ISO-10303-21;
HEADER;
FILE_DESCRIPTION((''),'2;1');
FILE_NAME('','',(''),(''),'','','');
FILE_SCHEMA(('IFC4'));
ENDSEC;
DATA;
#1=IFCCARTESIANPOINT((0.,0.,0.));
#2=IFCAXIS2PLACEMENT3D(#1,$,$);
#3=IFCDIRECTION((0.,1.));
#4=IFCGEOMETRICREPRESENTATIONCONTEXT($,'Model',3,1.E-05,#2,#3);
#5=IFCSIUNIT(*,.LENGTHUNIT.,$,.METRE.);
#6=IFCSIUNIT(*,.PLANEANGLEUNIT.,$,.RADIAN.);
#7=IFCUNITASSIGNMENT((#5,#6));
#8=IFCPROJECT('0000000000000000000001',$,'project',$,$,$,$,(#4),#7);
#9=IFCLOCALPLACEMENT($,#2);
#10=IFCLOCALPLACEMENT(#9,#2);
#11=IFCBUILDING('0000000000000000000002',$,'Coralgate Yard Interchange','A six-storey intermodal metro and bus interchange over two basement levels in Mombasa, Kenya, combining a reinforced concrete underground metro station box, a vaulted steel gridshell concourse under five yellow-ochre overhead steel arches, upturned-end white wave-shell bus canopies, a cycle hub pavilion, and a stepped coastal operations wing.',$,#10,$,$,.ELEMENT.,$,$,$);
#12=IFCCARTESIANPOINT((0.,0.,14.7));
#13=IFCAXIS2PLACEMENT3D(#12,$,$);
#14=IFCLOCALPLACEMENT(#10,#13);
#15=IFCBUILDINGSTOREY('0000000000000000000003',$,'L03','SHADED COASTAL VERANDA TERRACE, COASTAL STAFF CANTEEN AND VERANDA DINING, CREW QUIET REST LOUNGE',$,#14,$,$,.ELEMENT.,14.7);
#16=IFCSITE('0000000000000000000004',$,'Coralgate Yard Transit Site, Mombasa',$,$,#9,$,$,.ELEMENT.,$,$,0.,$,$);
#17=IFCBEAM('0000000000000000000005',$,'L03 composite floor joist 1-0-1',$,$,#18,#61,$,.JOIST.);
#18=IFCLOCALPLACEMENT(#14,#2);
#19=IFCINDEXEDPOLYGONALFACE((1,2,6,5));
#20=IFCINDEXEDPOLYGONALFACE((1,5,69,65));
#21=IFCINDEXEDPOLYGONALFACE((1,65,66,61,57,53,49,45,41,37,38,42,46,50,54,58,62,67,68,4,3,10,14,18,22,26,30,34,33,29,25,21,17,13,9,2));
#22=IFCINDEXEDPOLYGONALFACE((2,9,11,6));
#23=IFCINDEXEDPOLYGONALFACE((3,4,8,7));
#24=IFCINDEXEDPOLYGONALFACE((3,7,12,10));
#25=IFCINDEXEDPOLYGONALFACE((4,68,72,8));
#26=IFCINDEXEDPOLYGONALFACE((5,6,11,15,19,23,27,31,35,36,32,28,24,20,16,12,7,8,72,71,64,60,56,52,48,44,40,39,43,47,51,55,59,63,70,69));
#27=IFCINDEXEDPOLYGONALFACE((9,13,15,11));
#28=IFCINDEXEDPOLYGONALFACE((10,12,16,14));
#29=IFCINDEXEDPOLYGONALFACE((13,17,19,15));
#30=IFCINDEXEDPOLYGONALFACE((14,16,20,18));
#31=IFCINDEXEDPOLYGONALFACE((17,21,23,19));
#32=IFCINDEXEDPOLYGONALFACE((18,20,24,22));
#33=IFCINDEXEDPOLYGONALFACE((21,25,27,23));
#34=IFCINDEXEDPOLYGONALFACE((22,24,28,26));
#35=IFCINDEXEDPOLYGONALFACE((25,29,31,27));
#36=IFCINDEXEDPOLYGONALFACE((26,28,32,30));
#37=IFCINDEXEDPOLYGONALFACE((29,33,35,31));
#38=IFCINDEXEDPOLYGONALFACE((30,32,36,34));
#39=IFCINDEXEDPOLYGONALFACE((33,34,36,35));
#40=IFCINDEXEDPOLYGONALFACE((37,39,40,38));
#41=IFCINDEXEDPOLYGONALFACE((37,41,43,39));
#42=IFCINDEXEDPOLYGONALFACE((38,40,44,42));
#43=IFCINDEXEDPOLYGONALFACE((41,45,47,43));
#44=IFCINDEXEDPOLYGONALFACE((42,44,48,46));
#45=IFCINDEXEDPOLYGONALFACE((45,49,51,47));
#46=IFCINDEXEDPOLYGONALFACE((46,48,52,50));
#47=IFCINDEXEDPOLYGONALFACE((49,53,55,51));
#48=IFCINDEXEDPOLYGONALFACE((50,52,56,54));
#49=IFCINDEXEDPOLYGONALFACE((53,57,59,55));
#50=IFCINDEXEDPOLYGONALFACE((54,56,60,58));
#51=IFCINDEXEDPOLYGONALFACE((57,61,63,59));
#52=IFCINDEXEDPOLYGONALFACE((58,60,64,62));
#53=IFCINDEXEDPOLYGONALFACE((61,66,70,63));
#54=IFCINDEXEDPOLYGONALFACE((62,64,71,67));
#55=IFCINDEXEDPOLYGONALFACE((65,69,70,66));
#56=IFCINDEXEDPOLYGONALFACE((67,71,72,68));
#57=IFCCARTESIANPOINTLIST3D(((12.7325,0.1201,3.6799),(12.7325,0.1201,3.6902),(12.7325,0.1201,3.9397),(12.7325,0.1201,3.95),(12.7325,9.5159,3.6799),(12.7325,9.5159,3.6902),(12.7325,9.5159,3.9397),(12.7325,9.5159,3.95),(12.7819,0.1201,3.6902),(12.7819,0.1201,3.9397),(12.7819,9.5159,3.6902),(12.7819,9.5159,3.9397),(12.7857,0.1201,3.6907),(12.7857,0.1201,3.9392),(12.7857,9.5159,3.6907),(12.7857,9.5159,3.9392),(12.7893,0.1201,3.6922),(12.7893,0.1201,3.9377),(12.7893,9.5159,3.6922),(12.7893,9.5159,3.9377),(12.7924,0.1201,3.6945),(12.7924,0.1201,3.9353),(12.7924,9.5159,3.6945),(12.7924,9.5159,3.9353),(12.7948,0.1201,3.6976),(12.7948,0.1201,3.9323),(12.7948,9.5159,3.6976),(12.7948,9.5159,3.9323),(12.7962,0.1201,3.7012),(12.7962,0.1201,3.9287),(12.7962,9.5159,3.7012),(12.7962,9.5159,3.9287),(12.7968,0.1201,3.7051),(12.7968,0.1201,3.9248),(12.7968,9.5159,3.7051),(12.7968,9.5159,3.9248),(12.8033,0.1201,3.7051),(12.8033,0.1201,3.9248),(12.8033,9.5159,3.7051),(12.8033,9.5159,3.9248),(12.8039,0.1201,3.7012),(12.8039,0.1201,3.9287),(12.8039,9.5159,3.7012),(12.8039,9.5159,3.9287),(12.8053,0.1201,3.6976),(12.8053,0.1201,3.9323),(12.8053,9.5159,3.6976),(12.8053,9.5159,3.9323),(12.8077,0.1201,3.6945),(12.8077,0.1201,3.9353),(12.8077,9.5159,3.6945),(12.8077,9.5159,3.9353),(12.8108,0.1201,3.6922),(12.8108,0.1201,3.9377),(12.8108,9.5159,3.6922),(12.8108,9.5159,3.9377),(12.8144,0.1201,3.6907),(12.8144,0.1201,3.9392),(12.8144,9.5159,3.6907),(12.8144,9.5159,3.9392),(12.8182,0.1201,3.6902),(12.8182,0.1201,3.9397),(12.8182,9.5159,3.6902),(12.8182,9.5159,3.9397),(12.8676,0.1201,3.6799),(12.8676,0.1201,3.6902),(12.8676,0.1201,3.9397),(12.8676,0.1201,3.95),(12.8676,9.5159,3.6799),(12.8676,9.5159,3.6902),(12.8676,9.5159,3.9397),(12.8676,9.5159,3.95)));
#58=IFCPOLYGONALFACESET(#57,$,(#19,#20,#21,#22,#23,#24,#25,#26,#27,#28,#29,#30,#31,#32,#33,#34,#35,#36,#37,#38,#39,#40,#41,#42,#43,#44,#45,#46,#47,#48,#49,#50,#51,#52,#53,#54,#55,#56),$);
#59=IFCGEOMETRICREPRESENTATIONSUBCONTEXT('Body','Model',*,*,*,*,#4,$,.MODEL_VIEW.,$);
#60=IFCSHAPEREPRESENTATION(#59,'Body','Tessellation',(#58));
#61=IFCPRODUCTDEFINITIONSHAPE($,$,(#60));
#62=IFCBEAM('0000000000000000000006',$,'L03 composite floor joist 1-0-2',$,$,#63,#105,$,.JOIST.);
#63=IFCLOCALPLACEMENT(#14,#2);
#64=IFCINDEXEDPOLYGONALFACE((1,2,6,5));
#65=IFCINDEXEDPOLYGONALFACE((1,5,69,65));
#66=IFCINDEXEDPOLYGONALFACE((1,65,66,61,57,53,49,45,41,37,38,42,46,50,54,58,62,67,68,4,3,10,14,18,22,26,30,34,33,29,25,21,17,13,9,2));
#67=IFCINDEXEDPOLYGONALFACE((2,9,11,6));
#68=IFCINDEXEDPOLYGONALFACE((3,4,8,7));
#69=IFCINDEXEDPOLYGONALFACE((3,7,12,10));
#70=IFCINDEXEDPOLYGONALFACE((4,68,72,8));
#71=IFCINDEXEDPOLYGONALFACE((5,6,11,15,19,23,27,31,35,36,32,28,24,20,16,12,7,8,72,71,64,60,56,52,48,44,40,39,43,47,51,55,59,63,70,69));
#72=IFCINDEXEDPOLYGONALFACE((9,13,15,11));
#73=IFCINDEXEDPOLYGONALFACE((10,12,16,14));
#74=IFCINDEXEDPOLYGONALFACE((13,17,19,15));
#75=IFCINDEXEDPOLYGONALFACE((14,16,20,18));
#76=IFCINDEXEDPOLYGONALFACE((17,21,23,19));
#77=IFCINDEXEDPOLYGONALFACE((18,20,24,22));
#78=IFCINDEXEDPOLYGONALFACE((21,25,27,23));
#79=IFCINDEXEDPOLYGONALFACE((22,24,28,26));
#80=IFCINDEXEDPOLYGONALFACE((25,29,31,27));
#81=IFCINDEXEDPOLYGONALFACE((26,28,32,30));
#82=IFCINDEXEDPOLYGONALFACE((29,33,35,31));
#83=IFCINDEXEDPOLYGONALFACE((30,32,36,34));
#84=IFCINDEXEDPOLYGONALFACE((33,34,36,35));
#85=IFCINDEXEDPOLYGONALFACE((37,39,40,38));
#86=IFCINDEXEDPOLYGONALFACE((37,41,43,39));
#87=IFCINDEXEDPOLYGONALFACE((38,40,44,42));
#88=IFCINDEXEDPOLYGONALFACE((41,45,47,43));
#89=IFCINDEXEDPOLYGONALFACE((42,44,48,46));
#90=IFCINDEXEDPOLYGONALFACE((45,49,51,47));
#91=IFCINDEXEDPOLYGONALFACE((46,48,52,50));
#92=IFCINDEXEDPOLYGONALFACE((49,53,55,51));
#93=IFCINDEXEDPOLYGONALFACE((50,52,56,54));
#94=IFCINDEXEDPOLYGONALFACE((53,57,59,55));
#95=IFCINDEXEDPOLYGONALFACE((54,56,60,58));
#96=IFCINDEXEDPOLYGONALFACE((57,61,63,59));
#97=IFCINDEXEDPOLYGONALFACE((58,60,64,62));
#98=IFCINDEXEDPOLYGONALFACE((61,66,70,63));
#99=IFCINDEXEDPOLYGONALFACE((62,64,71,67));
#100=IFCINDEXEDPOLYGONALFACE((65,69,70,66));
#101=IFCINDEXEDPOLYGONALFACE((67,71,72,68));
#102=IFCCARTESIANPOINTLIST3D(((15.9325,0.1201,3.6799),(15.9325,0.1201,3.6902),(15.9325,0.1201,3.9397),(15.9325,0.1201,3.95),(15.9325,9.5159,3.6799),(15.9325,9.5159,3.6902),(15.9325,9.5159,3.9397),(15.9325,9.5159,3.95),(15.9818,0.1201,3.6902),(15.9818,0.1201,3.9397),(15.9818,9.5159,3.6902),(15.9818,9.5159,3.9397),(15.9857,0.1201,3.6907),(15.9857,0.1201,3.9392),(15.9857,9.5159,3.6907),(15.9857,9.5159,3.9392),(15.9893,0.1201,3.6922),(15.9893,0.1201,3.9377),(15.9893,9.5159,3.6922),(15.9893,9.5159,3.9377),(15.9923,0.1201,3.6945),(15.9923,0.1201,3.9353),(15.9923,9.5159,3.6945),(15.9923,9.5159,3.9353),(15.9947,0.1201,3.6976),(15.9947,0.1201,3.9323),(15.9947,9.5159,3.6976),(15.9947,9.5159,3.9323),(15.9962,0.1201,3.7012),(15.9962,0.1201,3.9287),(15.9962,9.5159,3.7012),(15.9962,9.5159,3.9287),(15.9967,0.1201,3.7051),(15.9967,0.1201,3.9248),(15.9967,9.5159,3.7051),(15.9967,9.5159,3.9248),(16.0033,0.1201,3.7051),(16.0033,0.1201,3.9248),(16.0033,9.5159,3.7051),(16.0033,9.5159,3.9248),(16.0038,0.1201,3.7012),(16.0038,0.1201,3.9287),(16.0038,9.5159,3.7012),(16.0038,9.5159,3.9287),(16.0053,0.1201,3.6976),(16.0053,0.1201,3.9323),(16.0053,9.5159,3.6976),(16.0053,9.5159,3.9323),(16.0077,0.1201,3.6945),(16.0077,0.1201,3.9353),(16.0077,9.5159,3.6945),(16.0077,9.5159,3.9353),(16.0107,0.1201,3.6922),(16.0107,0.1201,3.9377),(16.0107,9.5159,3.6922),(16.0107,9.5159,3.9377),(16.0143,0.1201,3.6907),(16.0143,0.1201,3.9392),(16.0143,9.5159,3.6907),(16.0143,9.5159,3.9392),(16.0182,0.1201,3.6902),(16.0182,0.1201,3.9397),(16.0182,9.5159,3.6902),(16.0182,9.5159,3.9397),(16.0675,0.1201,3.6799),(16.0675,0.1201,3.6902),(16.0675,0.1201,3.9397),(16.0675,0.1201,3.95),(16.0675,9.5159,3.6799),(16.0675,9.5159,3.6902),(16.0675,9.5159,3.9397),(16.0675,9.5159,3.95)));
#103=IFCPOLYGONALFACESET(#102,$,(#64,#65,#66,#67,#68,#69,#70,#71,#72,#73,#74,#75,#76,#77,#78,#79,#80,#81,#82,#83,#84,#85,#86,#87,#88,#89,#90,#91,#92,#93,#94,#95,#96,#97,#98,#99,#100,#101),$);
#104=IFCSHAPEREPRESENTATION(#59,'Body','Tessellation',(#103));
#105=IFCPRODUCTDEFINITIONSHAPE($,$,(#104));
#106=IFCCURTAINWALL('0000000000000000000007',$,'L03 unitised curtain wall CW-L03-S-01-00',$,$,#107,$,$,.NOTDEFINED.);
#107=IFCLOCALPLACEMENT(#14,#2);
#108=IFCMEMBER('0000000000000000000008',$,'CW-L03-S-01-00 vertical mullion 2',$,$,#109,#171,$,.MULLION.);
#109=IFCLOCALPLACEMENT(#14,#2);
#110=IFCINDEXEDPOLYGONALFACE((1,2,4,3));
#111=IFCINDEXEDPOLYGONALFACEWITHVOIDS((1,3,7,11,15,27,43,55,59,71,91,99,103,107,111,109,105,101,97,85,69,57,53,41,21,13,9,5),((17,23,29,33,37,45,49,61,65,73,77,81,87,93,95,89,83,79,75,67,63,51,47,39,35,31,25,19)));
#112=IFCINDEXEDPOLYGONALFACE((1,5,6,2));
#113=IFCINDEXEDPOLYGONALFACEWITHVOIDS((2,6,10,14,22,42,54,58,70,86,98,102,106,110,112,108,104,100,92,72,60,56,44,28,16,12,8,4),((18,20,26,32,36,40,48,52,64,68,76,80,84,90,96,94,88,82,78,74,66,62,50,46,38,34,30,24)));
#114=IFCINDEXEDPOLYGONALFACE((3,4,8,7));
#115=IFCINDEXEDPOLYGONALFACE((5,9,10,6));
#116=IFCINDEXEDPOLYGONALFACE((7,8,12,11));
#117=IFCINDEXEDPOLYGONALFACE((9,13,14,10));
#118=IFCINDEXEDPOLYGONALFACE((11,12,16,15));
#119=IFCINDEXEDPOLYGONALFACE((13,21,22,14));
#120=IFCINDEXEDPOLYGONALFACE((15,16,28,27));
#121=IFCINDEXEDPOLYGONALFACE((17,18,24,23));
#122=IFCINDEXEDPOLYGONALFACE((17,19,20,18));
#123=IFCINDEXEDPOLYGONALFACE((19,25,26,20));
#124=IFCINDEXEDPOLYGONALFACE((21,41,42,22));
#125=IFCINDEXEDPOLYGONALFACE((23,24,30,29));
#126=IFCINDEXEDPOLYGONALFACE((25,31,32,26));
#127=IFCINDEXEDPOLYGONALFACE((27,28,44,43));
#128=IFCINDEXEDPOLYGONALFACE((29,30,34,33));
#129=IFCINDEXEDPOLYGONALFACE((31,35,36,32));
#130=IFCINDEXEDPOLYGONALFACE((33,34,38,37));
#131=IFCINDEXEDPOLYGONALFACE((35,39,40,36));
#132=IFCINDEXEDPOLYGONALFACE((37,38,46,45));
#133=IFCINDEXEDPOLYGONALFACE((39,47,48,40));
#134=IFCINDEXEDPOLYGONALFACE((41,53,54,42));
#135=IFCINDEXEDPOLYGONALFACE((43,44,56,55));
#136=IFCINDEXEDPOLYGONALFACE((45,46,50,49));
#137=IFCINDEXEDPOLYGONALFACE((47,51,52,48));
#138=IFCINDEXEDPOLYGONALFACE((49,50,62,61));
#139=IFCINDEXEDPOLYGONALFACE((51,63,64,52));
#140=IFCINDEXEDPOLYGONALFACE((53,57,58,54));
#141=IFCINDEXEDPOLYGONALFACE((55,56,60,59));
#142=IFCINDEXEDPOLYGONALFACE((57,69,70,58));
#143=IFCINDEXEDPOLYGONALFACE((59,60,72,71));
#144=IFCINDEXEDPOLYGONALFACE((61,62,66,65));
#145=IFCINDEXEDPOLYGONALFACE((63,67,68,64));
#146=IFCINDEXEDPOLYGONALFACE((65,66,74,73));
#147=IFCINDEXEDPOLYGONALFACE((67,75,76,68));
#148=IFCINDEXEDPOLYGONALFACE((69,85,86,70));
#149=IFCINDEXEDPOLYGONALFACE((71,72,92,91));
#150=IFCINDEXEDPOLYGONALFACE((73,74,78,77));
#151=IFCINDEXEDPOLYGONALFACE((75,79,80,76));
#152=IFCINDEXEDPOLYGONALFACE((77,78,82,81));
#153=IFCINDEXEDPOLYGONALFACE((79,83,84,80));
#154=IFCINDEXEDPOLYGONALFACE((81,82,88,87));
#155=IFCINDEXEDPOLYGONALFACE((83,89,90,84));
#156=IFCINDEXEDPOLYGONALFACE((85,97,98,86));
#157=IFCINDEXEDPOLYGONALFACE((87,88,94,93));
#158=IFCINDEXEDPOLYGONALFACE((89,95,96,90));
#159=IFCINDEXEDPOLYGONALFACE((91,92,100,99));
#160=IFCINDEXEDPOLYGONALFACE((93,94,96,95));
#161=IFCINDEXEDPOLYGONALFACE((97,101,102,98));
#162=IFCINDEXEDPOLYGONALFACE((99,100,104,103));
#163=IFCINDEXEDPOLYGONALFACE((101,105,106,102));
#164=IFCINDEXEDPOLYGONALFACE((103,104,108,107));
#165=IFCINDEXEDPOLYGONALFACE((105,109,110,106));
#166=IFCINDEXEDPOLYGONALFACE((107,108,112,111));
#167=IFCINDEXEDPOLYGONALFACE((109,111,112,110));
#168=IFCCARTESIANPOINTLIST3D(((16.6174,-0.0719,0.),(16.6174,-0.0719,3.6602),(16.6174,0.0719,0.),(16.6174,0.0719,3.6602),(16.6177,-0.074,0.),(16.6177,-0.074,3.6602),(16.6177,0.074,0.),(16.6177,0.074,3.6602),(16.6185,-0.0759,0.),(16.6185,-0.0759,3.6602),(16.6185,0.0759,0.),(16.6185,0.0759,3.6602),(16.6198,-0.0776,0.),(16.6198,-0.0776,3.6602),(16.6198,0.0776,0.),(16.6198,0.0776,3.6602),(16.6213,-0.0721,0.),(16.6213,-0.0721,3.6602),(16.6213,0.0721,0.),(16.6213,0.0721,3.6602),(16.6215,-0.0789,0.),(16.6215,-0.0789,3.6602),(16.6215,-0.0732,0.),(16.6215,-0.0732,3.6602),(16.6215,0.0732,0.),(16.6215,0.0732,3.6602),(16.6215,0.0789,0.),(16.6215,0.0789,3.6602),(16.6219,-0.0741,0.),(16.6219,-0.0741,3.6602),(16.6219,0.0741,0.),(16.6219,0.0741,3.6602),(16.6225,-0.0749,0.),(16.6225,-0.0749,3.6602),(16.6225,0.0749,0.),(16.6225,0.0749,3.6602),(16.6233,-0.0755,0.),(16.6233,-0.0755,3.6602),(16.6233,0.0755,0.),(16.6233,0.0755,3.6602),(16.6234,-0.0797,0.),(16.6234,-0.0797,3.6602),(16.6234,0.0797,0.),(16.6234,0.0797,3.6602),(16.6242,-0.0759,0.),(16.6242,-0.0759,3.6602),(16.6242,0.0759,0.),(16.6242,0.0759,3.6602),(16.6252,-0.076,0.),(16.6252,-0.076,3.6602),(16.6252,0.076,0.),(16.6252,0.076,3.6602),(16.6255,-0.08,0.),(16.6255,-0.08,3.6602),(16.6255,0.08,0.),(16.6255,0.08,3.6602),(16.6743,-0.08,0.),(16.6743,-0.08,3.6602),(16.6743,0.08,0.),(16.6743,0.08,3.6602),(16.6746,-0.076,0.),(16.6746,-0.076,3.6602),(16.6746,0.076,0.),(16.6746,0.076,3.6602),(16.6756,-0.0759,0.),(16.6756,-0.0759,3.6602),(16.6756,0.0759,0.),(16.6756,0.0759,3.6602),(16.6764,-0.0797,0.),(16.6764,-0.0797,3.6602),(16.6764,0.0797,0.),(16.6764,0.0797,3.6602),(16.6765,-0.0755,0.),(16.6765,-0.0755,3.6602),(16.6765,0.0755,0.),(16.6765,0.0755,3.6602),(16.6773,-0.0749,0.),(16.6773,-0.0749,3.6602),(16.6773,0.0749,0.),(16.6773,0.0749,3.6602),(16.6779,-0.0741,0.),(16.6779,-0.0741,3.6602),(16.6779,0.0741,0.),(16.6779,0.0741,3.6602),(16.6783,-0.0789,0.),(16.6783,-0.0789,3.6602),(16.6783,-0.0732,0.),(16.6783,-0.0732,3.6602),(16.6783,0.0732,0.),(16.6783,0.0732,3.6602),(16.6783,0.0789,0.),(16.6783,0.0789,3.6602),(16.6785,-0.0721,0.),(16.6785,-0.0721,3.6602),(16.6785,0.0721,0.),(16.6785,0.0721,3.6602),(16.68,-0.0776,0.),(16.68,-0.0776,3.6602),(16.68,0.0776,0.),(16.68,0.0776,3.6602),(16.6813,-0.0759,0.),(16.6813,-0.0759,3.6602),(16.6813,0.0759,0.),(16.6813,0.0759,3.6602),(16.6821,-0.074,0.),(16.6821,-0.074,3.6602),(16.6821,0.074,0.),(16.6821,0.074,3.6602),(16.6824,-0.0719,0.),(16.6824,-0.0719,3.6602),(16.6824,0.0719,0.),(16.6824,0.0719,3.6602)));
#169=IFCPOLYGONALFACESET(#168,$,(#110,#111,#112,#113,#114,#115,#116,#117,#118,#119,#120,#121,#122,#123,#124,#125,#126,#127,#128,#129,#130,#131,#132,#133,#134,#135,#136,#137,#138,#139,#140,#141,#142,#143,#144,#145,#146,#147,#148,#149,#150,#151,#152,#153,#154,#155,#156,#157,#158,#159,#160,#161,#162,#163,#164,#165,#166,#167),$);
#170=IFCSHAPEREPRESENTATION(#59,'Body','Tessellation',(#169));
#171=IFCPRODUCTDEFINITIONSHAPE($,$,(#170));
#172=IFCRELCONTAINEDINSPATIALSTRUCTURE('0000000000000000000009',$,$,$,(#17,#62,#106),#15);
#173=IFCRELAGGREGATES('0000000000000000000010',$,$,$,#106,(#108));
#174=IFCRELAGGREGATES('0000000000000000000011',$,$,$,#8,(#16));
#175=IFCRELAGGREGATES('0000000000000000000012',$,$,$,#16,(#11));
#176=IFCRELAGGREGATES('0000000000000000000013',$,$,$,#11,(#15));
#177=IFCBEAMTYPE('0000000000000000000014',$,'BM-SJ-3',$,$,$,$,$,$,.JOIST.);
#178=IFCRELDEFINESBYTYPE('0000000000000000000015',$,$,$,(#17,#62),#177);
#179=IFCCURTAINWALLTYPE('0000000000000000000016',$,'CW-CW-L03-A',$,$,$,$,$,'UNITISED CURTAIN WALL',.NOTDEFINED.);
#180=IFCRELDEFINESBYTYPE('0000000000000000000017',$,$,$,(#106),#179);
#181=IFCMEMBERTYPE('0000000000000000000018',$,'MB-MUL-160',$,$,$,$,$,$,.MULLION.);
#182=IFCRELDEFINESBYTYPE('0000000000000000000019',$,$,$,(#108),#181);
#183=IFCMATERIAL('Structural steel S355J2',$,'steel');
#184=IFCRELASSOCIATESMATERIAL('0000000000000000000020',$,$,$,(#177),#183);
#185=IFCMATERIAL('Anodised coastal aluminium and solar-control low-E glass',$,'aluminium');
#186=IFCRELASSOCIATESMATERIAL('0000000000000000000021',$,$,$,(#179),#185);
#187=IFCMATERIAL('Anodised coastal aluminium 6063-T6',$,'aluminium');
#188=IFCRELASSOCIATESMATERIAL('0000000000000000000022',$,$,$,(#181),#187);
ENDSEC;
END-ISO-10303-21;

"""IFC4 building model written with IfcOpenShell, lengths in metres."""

from ifc_helpers import new_model, si_unit, direction, frame, origin, origin_2d, place, context, subcontext, project, spatial, hollow_rectangle, i_section, extrude, material, material_profile, profile_set, type_object, element, aggregate, save


model = new_model("IFC4")

# Units and contexts
model_context = context("Model", 3, precision=1e-05, world=origin(), true_north=direction((0.0, 1.0)))
body_context = subcontext(model_context, "Body", "Model", "MODEL_VIEW")
ifc_project = project(units=[si_unit("LENGTHUNIT", "METRE"), si_unit("PLANEANGLEUNIT", "RADIAN")], contexts=[model_context])

# Site, building, storey
site_placement = place(None, origin())
site = spatial("IfcSite", under=ifc_project, at=site_placement, Name="Coralgate Yard Transit Site, Mombasa", CompositionType="ELEMENT", RefElevation=0.0)
building_placement = place(site_placement, origin())
building = spatial("IfcBuilding", under=site, at=building_placement, Name="Coralgate Yard Interchange", Description="A six-storey intermodal metro and bus interchange over two basement levels in Mombasa, Kenya, combining a reinforced concrete underground metro station box, a vaulted steel gridshell concourse under five yellow-ochre overhead steel arches, upturned-end white wave-shell bus canopies, a cycle hub pavilion, and a stepped coastal operations wing.", CompositionType="ELEMENT")
storey_placement = place(building_placement, frame((0.0, 0.0, 14.7)))
storey = spatial("IfcBuildingStorey", under=building, at=storey_placement, Name="L03", Description="SHADED COASTAL VERANDA TERRACE, COASTAL STAFF CANTEEN AND VERANDA DINING, CREW QUIET REST LOUNGE", CompositionType="ELEMENT", Elevation=14.7)

# Beams
ifc_material_1 = material(Name="Structural steel S355J2", Category="steel")
ifc_material_profile_1 = material_profile(ifc_material_1, i_section(OverallWidth=0.135, OverallDepth=0.27, WebThickness=0.0066, FlangeThickness=0.0103, FilletRadius=0.0149, at=origin_2d()), Name="IPE 270")
ifc_profile_set_1 = profile_set([ifc_material_profile_1], Name="Structural steel S355J2")
beam_type = type_object("IfcBeamType", Name="BM-SJ-3", PredefinedType="JOIST", material=ifc_profile_set_1)
for number, where, z_axis, x_axis, name in (
    (1, (12.8, 0.1201, 3.8149), (0.0, 1.0, 0.0), (-1.0, 0.0, 0.0), "L03 composite floor joist 1-0-1"),
    (2, (16.0, 0.1201, 3.8149), (0.0, 1.0, 0.0), (-1.0, 0.0, 0.0), "L03 composite floor joist 1-0-2"),
):
    element("IfcBeam", number, at=place(storey_placement, frame(where, z_axis=z_axis, x_axis=x_axis)), inside=storey, type_object=beam_type, Name=name, PredefinedType="JOIST", context=body_context, shape_type="SweptSolid", body=[
        extrude(i_section(OverallWidth=0.135, OverallDepth=0.27, WebThickness=0.0066, FlangeThickness=0.0103, FilletRadius=0.0149, at=origin_2d()), origin(), (0.0, 0.0, 1.0), 9.3958),
    ])

# Curtain wall, member
ifc_material_2 = material(Name="Anodised coastal aluminium and solar-control low-E glass", Category="aluminium")
curtain_wall_type = type_object("IfcCurtainWallType", Name="CW-CW-L03-A", ElementType="UNITISED CURTAIN WALL", PredefinedType="NOTDEFINED", material=ifc_material_2)
curtain_wall_placement = place(storey_placement, origin())
curtain_wall = element("IfcCurtainWall", 3, at=curtain_wall_placement, inside=storey, type_object=curtain_wall_type, Name="L03 unitised curtain wall CW-L03-S-01-00", PredefinedType="NOTDEFINED")
ifc_material_3 = material(Name="Anodised coastal aluminium 6063-T6", Category="aluminium")
ifc_material_profile_2 = material_profile(ifc_material_3, hollow_rectangle(XDim=0.0649, YDim=0.1599, WallThickness=0.0039, InnerFilletRadius=0.0039, OuterFilletRadius=0.0081, at=origin_2d()), Name="ALU 65x160x4")
ifc_profile_set_2 = profile_set([ifc_material_profile_2], Name="Anodised coastal aluminium 6063-T6")
member_type_1 = type_object("IfcMemberType", Name="MB-MUL-160", PredefinedType="MULLION", material=ifc_profile_set_2)
member_1_placement = place(storey_placement, frame((16.6499, 0.0, 0.0), z_axis=(0.0, 0.0, 1.0), x_axis=(1.0, 0.0, 0.0)))
member_1 = element("IfcMember", 4, at=member_1_placement, type_object=member_type_1, Name="CW-L03-S-01-00 vertical mullion 2", PredefinedType="MULLION", context=body_context, shape_type="SweptSolid", body=[
    extrude(hollow_rectangle(XDim=0.0649, YDim=0.1599, WallThickness=0.0039, InnerFilletRadius=0.0039, OuterFilletRadius=0.0081, at=origin_2d()), origin(), (0.0, 0.0, 1.0), 3.6602),
])
aggregate(curtain_wall, [member_1])

save(model, "model.ifc")
